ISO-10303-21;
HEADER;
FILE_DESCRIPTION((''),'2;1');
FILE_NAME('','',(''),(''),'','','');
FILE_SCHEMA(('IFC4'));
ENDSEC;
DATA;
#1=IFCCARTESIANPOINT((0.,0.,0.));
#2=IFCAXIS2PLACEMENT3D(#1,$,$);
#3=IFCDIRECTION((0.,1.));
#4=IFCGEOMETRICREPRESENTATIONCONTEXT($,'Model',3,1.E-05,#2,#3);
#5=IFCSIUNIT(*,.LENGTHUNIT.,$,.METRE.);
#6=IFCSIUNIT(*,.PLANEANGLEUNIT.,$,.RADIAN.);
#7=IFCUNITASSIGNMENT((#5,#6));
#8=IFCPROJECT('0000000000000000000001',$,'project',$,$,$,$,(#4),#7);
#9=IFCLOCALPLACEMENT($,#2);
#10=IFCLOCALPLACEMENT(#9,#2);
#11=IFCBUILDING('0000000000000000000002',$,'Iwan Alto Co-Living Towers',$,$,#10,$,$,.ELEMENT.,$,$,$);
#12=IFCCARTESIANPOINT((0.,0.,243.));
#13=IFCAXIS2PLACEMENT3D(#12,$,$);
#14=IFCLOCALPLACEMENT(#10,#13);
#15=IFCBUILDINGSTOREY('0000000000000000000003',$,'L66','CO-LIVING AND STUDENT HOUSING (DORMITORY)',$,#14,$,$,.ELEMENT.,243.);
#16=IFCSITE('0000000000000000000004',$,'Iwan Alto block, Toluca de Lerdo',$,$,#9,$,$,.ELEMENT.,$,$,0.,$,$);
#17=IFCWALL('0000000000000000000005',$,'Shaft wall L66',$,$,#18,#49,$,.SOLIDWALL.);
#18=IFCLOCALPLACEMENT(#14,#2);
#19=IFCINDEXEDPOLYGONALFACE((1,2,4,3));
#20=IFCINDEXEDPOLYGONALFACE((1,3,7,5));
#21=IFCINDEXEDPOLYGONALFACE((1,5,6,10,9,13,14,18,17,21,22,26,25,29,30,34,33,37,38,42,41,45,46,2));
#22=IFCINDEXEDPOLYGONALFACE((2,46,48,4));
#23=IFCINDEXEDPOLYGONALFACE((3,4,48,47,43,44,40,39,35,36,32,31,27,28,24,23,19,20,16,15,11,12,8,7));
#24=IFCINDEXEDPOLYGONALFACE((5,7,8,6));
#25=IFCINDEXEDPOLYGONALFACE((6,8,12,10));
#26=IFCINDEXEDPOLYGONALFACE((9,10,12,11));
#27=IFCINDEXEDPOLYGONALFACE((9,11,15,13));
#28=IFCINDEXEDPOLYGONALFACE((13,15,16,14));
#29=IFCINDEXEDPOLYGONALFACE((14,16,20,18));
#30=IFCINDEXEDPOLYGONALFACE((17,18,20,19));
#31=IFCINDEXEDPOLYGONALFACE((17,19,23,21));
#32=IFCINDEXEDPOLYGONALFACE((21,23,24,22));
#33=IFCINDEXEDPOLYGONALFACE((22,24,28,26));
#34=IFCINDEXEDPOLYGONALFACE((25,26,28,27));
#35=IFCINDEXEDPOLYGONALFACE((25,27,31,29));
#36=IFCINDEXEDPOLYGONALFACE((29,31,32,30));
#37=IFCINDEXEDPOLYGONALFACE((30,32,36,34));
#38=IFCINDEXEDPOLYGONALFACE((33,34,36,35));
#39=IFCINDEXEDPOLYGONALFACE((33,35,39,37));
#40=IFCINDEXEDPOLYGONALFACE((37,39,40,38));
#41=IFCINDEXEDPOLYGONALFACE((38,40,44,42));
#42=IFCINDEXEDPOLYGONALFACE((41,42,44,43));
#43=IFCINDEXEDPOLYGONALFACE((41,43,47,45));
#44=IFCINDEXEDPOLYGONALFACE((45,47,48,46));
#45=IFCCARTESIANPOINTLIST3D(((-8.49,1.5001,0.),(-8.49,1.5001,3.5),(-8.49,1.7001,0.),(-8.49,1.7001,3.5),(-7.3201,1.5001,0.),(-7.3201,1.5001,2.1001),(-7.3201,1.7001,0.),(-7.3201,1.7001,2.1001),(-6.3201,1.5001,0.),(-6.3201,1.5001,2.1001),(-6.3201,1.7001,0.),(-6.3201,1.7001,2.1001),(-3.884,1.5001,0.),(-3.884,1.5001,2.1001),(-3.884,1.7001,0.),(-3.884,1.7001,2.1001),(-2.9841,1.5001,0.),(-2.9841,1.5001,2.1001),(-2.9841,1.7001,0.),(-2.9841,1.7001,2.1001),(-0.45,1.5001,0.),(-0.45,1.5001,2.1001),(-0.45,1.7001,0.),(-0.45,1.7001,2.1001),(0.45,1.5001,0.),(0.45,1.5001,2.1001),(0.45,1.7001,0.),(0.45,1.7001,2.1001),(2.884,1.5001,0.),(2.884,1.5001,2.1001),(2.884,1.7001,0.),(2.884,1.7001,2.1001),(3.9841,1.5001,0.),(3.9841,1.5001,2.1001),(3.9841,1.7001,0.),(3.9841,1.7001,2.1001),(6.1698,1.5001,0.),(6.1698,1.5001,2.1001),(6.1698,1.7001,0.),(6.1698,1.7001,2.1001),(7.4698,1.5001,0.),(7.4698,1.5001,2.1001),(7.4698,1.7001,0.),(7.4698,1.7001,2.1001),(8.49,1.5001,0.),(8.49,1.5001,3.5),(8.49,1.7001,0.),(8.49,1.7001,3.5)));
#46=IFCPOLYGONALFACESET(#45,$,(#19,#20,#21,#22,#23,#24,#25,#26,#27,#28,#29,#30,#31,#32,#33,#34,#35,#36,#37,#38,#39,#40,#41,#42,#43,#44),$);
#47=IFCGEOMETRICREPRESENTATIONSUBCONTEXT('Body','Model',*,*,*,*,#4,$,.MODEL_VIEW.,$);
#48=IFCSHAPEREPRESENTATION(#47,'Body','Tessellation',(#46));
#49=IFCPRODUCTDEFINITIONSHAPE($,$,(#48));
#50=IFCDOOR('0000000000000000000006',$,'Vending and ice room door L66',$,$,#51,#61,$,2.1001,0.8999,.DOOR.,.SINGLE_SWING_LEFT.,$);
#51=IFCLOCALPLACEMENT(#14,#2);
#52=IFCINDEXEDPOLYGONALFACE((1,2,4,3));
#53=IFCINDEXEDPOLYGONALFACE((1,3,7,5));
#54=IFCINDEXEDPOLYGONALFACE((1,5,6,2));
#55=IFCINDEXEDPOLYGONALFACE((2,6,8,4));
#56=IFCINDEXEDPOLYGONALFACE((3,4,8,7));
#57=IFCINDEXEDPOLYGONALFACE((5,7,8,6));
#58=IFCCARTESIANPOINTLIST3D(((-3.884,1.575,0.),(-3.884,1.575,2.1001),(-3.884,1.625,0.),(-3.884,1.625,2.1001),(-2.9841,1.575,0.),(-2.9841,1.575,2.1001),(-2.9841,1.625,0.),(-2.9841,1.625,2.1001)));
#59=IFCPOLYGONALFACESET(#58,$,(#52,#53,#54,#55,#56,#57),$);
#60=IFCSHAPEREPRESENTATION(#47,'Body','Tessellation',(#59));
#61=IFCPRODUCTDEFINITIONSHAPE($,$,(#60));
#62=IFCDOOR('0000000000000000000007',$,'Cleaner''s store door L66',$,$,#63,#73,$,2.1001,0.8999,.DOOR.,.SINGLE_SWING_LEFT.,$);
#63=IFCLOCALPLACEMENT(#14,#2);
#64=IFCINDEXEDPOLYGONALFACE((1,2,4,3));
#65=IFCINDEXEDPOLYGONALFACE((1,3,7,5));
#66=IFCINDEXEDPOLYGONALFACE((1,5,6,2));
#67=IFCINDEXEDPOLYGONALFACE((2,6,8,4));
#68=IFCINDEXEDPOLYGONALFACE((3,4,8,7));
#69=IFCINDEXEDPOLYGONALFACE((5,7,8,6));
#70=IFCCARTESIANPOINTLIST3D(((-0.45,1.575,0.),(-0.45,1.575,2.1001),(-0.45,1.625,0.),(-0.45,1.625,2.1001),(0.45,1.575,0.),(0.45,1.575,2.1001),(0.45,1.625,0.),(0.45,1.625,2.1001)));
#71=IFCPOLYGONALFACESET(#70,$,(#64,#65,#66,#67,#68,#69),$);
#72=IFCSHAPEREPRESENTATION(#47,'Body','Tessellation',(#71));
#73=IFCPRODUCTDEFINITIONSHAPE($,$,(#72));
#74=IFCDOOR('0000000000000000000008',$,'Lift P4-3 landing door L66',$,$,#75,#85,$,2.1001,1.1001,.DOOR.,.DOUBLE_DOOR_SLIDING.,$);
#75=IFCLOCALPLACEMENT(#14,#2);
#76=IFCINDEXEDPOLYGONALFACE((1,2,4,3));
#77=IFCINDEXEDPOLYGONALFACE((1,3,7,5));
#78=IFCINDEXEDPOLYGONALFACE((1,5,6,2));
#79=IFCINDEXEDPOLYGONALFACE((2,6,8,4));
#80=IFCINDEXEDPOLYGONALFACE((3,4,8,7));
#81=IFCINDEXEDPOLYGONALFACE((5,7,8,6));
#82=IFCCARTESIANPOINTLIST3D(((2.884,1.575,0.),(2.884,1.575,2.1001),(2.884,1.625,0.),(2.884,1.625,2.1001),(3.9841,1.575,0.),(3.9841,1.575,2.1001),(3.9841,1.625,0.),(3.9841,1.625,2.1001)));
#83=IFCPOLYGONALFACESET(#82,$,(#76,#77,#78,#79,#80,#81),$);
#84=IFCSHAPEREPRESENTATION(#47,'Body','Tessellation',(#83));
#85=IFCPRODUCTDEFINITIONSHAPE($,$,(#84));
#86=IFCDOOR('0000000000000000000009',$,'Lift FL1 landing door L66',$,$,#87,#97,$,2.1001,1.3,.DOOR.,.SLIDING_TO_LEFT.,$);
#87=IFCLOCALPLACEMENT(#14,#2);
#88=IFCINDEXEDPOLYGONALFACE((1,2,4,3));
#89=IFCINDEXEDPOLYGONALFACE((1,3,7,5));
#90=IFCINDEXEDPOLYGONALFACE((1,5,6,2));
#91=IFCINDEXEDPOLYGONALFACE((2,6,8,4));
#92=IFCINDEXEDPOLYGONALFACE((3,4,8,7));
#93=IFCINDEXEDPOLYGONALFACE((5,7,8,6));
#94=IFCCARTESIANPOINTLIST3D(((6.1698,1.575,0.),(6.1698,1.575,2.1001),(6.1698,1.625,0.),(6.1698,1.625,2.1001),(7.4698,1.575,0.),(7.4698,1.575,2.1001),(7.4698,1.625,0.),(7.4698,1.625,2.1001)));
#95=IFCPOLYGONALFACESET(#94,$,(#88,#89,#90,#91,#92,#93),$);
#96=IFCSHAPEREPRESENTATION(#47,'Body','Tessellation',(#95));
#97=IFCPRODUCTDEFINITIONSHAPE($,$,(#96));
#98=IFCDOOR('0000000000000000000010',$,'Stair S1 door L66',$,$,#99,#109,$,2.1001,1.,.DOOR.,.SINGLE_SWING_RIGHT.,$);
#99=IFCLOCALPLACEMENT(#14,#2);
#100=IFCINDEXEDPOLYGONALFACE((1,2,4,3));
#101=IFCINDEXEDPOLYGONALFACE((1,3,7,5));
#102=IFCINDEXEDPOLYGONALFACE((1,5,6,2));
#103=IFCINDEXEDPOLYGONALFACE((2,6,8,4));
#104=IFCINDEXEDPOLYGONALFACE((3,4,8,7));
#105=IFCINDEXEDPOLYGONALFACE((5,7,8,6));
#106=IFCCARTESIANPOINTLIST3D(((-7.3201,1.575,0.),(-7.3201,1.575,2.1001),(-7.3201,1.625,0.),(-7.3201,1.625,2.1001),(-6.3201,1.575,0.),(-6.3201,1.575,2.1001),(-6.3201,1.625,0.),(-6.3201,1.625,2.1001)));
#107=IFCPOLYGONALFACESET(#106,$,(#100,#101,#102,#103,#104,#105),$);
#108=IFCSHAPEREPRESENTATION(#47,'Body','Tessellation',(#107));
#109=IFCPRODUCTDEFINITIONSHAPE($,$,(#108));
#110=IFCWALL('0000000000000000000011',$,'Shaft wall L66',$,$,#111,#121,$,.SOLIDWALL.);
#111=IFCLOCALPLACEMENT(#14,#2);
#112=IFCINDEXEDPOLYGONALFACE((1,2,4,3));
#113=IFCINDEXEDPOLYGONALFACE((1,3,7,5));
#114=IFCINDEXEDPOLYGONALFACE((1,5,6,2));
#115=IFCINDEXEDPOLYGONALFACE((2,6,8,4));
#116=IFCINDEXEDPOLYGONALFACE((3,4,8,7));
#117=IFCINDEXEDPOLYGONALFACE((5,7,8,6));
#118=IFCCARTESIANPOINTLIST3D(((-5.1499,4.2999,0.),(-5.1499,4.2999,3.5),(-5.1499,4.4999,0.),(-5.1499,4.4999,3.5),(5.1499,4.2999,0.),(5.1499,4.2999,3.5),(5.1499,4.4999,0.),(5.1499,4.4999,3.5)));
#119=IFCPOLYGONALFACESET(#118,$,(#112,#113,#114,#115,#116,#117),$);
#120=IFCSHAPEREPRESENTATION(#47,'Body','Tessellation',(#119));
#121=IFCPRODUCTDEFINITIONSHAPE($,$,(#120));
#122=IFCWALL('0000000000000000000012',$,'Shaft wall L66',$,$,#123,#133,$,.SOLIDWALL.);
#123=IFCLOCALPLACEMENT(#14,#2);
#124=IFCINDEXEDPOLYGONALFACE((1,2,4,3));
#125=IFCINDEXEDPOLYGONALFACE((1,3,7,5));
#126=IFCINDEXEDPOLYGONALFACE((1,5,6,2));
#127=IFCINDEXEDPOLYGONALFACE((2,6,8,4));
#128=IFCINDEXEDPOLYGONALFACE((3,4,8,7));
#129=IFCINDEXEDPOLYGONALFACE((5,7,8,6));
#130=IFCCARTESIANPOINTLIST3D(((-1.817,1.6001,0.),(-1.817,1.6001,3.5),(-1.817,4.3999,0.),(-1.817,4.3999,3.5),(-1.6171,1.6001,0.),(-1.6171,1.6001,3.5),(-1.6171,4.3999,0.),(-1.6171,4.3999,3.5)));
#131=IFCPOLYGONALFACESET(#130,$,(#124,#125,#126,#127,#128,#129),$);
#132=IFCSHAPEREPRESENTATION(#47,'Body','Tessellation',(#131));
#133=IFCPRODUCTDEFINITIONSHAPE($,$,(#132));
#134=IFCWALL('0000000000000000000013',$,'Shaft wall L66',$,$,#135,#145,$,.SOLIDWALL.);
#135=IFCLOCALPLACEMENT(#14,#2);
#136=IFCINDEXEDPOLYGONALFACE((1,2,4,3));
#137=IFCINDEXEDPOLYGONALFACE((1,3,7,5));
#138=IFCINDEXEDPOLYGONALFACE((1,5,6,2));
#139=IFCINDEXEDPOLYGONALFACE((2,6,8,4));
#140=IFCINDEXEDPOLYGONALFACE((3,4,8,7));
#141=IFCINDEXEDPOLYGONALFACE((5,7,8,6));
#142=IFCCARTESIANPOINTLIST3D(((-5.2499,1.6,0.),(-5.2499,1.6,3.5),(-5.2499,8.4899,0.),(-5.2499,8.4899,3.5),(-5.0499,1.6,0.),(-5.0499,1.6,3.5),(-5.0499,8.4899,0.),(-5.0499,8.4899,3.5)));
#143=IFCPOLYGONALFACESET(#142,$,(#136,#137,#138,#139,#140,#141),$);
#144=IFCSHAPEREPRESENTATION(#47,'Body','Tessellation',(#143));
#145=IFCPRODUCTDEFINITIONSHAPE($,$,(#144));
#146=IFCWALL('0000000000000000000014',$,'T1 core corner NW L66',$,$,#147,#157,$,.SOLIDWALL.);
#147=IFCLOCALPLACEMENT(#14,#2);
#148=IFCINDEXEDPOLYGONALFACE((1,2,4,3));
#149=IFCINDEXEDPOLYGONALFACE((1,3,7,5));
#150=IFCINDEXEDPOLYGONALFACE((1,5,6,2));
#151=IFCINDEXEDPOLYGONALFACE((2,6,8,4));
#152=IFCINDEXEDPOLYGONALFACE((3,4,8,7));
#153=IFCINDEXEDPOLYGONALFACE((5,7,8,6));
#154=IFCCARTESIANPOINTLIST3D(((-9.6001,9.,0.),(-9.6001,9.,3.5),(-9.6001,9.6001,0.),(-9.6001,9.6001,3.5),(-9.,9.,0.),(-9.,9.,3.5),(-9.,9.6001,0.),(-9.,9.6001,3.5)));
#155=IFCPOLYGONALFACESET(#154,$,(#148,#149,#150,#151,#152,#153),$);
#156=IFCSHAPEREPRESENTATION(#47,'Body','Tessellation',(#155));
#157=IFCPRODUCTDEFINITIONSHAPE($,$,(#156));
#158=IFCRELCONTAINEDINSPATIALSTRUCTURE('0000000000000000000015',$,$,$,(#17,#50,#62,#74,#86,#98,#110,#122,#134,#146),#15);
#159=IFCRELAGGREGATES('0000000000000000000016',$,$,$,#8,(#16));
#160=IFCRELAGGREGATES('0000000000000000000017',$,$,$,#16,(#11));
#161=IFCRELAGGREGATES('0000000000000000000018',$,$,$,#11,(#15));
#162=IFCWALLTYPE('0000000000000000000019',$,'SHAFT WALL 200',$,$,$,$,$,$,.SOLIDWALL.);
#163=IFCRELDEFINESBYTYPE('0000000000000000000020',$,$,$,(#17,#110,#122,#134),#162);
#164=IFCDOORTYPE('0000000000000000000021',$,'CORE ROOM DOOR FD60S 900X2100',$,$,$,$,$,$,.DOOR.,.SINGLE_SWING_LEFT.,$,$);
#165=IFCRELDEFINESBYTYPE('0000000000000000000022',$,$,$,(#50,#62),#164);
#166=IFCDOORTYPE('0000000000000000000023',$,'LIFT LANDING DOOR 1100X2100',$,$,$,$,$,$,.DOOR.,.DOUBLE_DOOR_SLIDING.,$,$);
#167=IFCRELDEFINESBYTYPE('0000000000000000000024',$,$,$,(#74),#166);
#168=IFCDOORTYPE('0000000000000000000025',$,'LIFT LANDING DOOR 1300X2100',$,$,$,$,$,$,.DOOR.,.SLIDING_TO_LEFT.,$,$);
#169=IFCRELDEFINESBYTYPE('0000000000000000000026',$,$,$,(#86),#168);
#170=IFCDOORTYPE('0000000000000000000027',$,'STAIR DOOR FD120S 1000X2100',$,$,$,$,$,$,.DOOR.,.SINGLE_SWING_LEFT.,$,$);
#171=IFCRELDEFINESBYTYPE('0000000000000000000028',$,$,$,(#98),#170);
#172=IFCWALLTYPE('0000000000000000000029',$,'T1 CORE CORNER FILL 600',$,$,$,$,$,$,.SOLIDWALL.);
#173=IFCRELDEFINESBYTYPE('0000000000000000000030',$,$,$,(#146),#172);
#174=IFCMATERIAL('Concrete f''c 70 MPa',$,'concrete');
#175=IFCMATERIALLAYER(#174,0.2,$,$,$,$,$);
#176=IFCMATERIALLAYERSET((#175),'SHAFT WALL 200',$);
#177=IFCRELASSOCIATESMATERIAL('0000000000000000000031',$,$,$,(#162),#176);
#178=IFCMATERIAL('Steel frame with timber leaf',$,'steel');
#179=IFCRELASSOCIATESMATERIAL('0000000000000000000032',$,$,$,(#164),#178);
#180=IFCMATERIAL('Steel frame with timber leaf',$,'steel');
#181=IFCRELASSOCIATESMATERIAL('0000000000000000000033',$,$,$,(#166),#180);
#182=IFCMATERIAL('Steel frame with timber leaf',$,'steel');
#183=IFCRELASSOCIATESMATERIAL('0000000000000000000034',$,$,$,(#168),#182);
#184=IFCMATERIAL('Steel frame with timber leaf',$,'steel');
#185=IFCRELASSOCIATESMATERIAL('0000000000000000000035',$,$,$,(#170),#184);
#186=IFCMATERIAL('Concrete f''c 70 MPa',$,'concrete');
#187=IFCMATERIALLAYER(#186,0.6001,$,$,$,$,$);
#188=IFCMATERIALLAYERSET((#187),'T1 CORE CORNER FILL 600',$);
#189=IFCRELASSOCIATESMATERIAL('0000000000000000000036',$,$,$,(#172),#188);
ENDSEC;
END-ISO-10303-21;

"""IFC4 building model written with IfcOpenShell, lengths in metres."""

from ifc_helpers import new_model, si_unit, direction, frame, frame_2d, origin, place, context, subcontext, project, spatial, rectangle, extrude, material, layer, layer_set, type_object, element, fill, save


model = new_model("IFC4")

# Units and contexts
model_context = context("Model", 3, precision=1e-05, world=origin(), true_north=direction((0.0, 1.0)))
body_context = subcontext(model_context, "Body", "Model", "MODEL_VIEW")
ifc_project = project(units=[si_unit("LENGTHUNIT", "METRE"), si_unit("PLANEANGLEUNIT", "RADIAN")], contexts=[model_context])

# Site, building, storey
site_placement = place(None, origin())
site = spatial("IfcSite", under=ifc_project, at=site_placement, Name="Iwan Alto block, Toluca de Lerdo", CompositionType="ELEMENT", RefElevation=0.0)
building_placement = place(site_placement, origin())
building = spatial("IfcBuilding", under=site, at=building_placement, Name="Iwan Alto Co-Living Towers", CompositionType="ELEMENT")
storey_placement = place(building_placement, frame((0.0, 0.0, 243.0)))
storey = spatial("IfcBuildingStorey", under=building, at=storey_placement, Name="L66", Description="CO-LIVING AND STUDENT HOUSING (DORMITORY)", CompositionType="ELEMENT", Elevation=243.0)

# Wall, openings, doors
ifc_material_1 = material(Name="Concrete f'c 70 MPa", Category="concrete")
ifc_layer_1 = layer(ifc_material_1, 0.2)
ifc_layer_set_1 = layer_set([ifc_layer_1], Name="SHAFT WALL 200")
wall_type_1 = type_object("IfcWallType", Name="SHAFT WALL 200", PredefinedType="SOLIDWALL", material=ifc_layer_set_1)
wall_1_placement = place(storey_placement, frame((-8.49, 1.6001, 0.0), z_axis=(0.0, 0.0, 1.0), x_axis=(1.0, 0.0, 0.0)))
wall_1 = element("IfcWall", 1, at=wall_1_placement, inside=storey, type_object=wall_type_1, Name="Shaft wall L66", PredefinedType="SOLIDWALL", context=body_context, shape_type="SweptSolid", body=[
    extrude(rectangle(XDim=16.98, YDim=0.2, at=frame_2d((8.49, 0.0))), origin(), (0.0, 0.0, 1.0), 3.5),
])
opening_1_placement = place(wall_1_placement, frame((1.1699, 0.0, 0.0)))
opening_1 = element("IfcOpeningElement", 2, at=opening_1_placement, cuts=wall_1, PredefinedType="OPENING", context=body_context, shape_type="SweptSolid", body=[
    extrude(rectangle(XDim=1.0, YDim=2.1001, at=frame_2d((0.5, 1.05))), frame((0.0, 0.1099, 0.0), z_axis=(0.0, -1.0, 0.0), x_axis=(1.0, 0.0, 0.0)), (0.0, 0.0, 1.0), 0.22),
])
opening_2_placement = place(wall_1_placement, frame((4.606, 0.0, 0.0)))
opening_2 = element("IfcOpeningElement", 3, at=opening_2_placement, cuts=wall_1, PredefinedType="OPENING", context=body_context, shape_type="SweptSolid", body=[
    extrude(rectangle(XDim=0.8999, YDim=2.1001, at=frame_2d((0.45, 1.05))), frame((0.0, 0.1099, 0.0), z_axis=(0.0, -1.0, 0.0), x_axis=(1.0, 0.0, 0.0)), (0.0, 0.0, 1.0), 0.22),
])
opening_3_placement = place(wall_1_placement, frame((8.04, 0.0, 0.0)))
opening_3 = element("IfcOpeningElement", 4, at=opening_3_placement, cuts=wall_1, PredefinedType="OPENING", context=body_context, shape_type="SweptSolid", body=[
    extrude(rectangle(XDim=0.8999, YDim=2.1001, at=frame_2d((0.45, 1.05))), frame((0.0, 0.1099, 0.0), z_axis=(0.0, -1.0, 0.0), x_axis=(1.0, 0.0, 0.0)), (0.0, 0.0, 1.0), 0.22),
])
opening_4_placement = place(wall_1_placement, frame((11.374, 0.0, 0.0)))
opening_4 = element("IfcOpeningElement", 5, at=opening_4_placement, cuts=wall_1, PredefinedType="OPENING", context=body_context, shape_type="SweptSolid", body=[
    extrude(rectangle(XDim=1.1001, YDim=2.1001, at=frame_2d((0.55, 1.05))), frame((0.0, 0.1099, 0.0), z_axis=(0.0, -1.0, 0.0), x_axis=(1.0, 0.0, 0.0)), (0.0, 0.0, 1.0), 0.22),
])
opening_5_placement = place(wall_1_placement, frame((14.6599, 0.0, 0.0)))
opening_5 = element("IfcOpeningElement", 6, at=opening_5_placement, cuts=wall_1, PredefinedType="OPENING", context=body_context, shape_type="SweptSolid", body=[
    extrude(rectangle(XDim=1.3, YDim=2.1001, at=frame_2d((0.6499, 1.05))), frame((0.0, 0.1099, 0.0), z_axis=(0.0, -1.0, 0.0), x_axis=(1.0, 0.0, 0.0)), (0.0, 0.0, 1.0), 0.22),
])
ifc_material_2 = material(Name="Steel frame with timber leaf", Category="steel")
door_type_1 = type_object("IfcDoorType", Name="CORE ROOM DOOR FD60S 900X2100", OperationType="SINGLE_SWING_LEFT", PredefinedType="DOOR", material=ifc_material_2)
door_1_placement = place(opening_2_placement, origin())
door_1 = element("IfcDoor", 7, at=door_1_placement, inside=storey, type_object=door_type_1, Name="Vending and ice room door L66", OperationType="SINGLE_SWING_LEFT", OverallHeight=2.1001, OverallWidth=0.8999, PredefinedType="DOOR", context=body_context, shape_type="SweptSolid", body=[
    extrude(rectangle(XDim=0.8999, YDim=2.1001, at=frame_2d((0.45, 1.05))), frame((0.0, 0.0249, 0.0), z_axis=(0.0, -1.0, 0.0), x_axis=(1.0, 0.0, 0.0)), (0.0, 0.0, 1.0), 0.05),
])
fill(opening_2, door_1)
door_2_placement = place(opening_3_placement, origin())
door_2 = element("IfcDoor", 8, at=door_2_placement, inside=storey, type_object=door_type_1, Name="Cleaner's store door L66", OperationType="SINGLE_SWING_LEFT", OverallHeight=2.1001, OverallWidth=0.8999, PredefinedType="DOOR", context=body_context, shape_type="SweptSolid", body=[
    extrude(rectangle(XDim=0.8999, YDim=2.1001, at=frame_2d((0.45, 1.05))), frame((0.0, 0.0249, 0.0), z_axis=(0.0, -1.0, 0.0), x_axis=(1.0, 0.0, 0.0)), (0.0, 0.0, 1.0), 0.05),
])
fill(opening_3, door_2)
ifc_material_3 = material(Name="Steel frame with timber leaf", Category="steel")
door_type_2 = type_object("IfcDoorType", Name="LIFT LANDING DOOR 1100X2100", OperationType="DOUBLE_DOOR_SLIDING", PredefinedType="DOOR", material=ifc_material_3)
door_3_placement = place(opening_4_placement, origin())
door_3 = element("IfcDoor", 9, at=door_3_placement, inside=storey, type_object=door_type_2, Name="Lift P4-3 landing door L66", OperationType="DOUBLE_DOOR_SLIDING", OverallHeight=2.1001, OverallWidth=1.1001, PredefinedType="DOOR", context=body_context, shape_type="SweptSolid", body=[
    extrude(rectangle(XDim=1.1001, YDim=2.1001, at=frame_2d((0.55, 1.05))), frame((0.0, 0.0249, 0.0), z_axis=(0.0, -1.0, 0.0), x_axis=(1.0, 0.0, 0.0)), (0.0, 0.0, 1.0), 0.05),
])
fill(opening_4, door_3)
ifc_material_4 = material(Name="Steel frame with timber leaf", Category="steel")
door_type_3 = type_object("IfcDoorType", Name="LIFT LANDING DOOR 1300X2100", OperationType="SLIDING_TO_LEFT", PredefinedType="DOOR", material=ifc_material_4)
door_4_placement = place(opening_5_placement, origin())
door_4 = element("IfcDoor", 10, at=door_4_placement, inside=storey, type_object=door_type_3, Name="Lift FL1 landing door L66", OperationType="SLIDING_TO_LEFT", OverallHeight=2.1001, OverallWidth=1.3, PredefinedType="DOOR", context=body_context, shape_type="SweptSolid", body=[
    extrude(rectangle(XDim=1.3, YDim=2.1001, at=frame_2d((0.6499, 1.05))), frame((0.0, 0.0249, 0.0), z_axis=(0.0, -1.0, 0.0), x_axis=(1.0, 0.0, 0.0)), (0.0, 0.0, 1.0), 0.05),
])
fill(opening_5, door_4)
ifc_material_5 = material(Name="Steel frame with timber leaf", Category="steel")
door_type_4 = type_object("IfcDoorType", Name="STAIR DOOR FD120S 1000X2100", OperationType="SINGLE_SWING_LEFT", PredefinedType="DOOR", material=ifc_material_5)
door_5_placement = place(opening_1_placement, origin())
door_5 = element("IfcDoor", 11, at=door_5_placement, inside=storey, type_object=door_type_4, Name="Stair S1 door L66", OperationType="SINGLE_SWING_RIGHT", OverallHeight=2.1001, OverallWidth=1.0, PredefinedType="DOOR", context=body_context, shape_type="SweptSolid", body=[
    extrude(rectangle(XDim=1.0, YDim=2.1001, at=frame_2d((0.5, 1.05))), frame((0.0, 0.0249, 0.0), z_axis=(0.0, -1.0, 0.0), x_axis=(1.0, 0.0, 0.0)), (0.0, 0.0, 1.0), 0.05),
])
fill(opening_1, door_5)

# Walls
wall_2_placement = place(storey_placement, frame((-5.1499, 4.3999, 0.0), z_axis=(0.0, 0.0, 1.0), x_axis=(1.0, 0.0, 0.0)))
element("IfcWall", 12, at=wall_2_placement, inside=storey, type_object=wall_type_1, Name="Shaft wall L66", PredefinedType="SOLIDWALL", context=body_context, shape_type="SweptSolid", body=[
    extrude(rectangle(XDim=10.2998, YDim=0.2, at=frame_2d((5.1499, 0.0))), origin(), (0.0, 0.0, 1.0), 3.5),
])
wall_3_placement = place(storey_placement, frame((-1.717, 1.6001, 0.0), z_axis=(0.0, 0.0, 1.0), x_axis=(0.0, 1.0, 0.0)))
element("IfcWall", 13, at=wall_3_placement, inside=storey, type_object=wall_type_1, Name="Shaft wall L66", PredefinedType="SOLIDWALL", context=body_context, shape_type="SweptSolid", body=[
    extrude(rectangle(XDim=2.7998, YDim=0.2, at=frame_2d((1.3999, 0.0))), origin(), (0.0, 0.0, 1.0), 3.5),
])
wall_4_placement = place(storey_placement, frame((-5.1499, 1.6001, 0.0), z_axis=(0.0, 0.0, 1.0), x_axis=(0.0, 1.0, 0.0)))
element("IfcWall", 14, at=wall_4_placement, inside=storey, type_object=wall_type_1, Name="Shaft wall L66", PredefinedType="SOLIDWALL", context=body_context, shape_type="SweptSolid", body=[
    extrude(rectangle(XDim=6.8899, YDim=0.2, at=frame_2d((3.4448, 0.0))), origin(), (0.0, 0.0, 1.0), 3.5),
])
ifc_material_6 = material(Name="Concrete f'c 70 MPa", Category="concrete")
ifc_layer_2 = layer(ifc_material_6, 0.6001)
ifc_layer_set_2 = layer_set([ifc_layer_2], Name="T1 CORE CORNER FILL 600")
wall_type_2 = type_object("IfcWallType", Name="T1 CORE CORNER FILL 600", PredefinedType="SOLIDWALL", material=ifc_layer_set_2)
wall_5_placement = place(storey_placement, frame((-9.6001, 9.3, 0.0), z_axis=(0.0, 0.0, 1.0), x_axis=(1.0, 0.0, 0.0)))
element("IfcWall", 15, at=wall_5_placement, inside=storey, type_object=wall_type_2, Name="T1 core corner NW L66", PredefinedType="SOLIDWALL", context=body_context, shape_type="SweptSolid", body=[
    extrude(rectangle(XDim=0.6001, YDim=0.6001, at=frame_2d((0.3, 0.0))), origin(), (0.0, 0.0, 1.0), 3.5),
])

save(model, "model.ifc")
